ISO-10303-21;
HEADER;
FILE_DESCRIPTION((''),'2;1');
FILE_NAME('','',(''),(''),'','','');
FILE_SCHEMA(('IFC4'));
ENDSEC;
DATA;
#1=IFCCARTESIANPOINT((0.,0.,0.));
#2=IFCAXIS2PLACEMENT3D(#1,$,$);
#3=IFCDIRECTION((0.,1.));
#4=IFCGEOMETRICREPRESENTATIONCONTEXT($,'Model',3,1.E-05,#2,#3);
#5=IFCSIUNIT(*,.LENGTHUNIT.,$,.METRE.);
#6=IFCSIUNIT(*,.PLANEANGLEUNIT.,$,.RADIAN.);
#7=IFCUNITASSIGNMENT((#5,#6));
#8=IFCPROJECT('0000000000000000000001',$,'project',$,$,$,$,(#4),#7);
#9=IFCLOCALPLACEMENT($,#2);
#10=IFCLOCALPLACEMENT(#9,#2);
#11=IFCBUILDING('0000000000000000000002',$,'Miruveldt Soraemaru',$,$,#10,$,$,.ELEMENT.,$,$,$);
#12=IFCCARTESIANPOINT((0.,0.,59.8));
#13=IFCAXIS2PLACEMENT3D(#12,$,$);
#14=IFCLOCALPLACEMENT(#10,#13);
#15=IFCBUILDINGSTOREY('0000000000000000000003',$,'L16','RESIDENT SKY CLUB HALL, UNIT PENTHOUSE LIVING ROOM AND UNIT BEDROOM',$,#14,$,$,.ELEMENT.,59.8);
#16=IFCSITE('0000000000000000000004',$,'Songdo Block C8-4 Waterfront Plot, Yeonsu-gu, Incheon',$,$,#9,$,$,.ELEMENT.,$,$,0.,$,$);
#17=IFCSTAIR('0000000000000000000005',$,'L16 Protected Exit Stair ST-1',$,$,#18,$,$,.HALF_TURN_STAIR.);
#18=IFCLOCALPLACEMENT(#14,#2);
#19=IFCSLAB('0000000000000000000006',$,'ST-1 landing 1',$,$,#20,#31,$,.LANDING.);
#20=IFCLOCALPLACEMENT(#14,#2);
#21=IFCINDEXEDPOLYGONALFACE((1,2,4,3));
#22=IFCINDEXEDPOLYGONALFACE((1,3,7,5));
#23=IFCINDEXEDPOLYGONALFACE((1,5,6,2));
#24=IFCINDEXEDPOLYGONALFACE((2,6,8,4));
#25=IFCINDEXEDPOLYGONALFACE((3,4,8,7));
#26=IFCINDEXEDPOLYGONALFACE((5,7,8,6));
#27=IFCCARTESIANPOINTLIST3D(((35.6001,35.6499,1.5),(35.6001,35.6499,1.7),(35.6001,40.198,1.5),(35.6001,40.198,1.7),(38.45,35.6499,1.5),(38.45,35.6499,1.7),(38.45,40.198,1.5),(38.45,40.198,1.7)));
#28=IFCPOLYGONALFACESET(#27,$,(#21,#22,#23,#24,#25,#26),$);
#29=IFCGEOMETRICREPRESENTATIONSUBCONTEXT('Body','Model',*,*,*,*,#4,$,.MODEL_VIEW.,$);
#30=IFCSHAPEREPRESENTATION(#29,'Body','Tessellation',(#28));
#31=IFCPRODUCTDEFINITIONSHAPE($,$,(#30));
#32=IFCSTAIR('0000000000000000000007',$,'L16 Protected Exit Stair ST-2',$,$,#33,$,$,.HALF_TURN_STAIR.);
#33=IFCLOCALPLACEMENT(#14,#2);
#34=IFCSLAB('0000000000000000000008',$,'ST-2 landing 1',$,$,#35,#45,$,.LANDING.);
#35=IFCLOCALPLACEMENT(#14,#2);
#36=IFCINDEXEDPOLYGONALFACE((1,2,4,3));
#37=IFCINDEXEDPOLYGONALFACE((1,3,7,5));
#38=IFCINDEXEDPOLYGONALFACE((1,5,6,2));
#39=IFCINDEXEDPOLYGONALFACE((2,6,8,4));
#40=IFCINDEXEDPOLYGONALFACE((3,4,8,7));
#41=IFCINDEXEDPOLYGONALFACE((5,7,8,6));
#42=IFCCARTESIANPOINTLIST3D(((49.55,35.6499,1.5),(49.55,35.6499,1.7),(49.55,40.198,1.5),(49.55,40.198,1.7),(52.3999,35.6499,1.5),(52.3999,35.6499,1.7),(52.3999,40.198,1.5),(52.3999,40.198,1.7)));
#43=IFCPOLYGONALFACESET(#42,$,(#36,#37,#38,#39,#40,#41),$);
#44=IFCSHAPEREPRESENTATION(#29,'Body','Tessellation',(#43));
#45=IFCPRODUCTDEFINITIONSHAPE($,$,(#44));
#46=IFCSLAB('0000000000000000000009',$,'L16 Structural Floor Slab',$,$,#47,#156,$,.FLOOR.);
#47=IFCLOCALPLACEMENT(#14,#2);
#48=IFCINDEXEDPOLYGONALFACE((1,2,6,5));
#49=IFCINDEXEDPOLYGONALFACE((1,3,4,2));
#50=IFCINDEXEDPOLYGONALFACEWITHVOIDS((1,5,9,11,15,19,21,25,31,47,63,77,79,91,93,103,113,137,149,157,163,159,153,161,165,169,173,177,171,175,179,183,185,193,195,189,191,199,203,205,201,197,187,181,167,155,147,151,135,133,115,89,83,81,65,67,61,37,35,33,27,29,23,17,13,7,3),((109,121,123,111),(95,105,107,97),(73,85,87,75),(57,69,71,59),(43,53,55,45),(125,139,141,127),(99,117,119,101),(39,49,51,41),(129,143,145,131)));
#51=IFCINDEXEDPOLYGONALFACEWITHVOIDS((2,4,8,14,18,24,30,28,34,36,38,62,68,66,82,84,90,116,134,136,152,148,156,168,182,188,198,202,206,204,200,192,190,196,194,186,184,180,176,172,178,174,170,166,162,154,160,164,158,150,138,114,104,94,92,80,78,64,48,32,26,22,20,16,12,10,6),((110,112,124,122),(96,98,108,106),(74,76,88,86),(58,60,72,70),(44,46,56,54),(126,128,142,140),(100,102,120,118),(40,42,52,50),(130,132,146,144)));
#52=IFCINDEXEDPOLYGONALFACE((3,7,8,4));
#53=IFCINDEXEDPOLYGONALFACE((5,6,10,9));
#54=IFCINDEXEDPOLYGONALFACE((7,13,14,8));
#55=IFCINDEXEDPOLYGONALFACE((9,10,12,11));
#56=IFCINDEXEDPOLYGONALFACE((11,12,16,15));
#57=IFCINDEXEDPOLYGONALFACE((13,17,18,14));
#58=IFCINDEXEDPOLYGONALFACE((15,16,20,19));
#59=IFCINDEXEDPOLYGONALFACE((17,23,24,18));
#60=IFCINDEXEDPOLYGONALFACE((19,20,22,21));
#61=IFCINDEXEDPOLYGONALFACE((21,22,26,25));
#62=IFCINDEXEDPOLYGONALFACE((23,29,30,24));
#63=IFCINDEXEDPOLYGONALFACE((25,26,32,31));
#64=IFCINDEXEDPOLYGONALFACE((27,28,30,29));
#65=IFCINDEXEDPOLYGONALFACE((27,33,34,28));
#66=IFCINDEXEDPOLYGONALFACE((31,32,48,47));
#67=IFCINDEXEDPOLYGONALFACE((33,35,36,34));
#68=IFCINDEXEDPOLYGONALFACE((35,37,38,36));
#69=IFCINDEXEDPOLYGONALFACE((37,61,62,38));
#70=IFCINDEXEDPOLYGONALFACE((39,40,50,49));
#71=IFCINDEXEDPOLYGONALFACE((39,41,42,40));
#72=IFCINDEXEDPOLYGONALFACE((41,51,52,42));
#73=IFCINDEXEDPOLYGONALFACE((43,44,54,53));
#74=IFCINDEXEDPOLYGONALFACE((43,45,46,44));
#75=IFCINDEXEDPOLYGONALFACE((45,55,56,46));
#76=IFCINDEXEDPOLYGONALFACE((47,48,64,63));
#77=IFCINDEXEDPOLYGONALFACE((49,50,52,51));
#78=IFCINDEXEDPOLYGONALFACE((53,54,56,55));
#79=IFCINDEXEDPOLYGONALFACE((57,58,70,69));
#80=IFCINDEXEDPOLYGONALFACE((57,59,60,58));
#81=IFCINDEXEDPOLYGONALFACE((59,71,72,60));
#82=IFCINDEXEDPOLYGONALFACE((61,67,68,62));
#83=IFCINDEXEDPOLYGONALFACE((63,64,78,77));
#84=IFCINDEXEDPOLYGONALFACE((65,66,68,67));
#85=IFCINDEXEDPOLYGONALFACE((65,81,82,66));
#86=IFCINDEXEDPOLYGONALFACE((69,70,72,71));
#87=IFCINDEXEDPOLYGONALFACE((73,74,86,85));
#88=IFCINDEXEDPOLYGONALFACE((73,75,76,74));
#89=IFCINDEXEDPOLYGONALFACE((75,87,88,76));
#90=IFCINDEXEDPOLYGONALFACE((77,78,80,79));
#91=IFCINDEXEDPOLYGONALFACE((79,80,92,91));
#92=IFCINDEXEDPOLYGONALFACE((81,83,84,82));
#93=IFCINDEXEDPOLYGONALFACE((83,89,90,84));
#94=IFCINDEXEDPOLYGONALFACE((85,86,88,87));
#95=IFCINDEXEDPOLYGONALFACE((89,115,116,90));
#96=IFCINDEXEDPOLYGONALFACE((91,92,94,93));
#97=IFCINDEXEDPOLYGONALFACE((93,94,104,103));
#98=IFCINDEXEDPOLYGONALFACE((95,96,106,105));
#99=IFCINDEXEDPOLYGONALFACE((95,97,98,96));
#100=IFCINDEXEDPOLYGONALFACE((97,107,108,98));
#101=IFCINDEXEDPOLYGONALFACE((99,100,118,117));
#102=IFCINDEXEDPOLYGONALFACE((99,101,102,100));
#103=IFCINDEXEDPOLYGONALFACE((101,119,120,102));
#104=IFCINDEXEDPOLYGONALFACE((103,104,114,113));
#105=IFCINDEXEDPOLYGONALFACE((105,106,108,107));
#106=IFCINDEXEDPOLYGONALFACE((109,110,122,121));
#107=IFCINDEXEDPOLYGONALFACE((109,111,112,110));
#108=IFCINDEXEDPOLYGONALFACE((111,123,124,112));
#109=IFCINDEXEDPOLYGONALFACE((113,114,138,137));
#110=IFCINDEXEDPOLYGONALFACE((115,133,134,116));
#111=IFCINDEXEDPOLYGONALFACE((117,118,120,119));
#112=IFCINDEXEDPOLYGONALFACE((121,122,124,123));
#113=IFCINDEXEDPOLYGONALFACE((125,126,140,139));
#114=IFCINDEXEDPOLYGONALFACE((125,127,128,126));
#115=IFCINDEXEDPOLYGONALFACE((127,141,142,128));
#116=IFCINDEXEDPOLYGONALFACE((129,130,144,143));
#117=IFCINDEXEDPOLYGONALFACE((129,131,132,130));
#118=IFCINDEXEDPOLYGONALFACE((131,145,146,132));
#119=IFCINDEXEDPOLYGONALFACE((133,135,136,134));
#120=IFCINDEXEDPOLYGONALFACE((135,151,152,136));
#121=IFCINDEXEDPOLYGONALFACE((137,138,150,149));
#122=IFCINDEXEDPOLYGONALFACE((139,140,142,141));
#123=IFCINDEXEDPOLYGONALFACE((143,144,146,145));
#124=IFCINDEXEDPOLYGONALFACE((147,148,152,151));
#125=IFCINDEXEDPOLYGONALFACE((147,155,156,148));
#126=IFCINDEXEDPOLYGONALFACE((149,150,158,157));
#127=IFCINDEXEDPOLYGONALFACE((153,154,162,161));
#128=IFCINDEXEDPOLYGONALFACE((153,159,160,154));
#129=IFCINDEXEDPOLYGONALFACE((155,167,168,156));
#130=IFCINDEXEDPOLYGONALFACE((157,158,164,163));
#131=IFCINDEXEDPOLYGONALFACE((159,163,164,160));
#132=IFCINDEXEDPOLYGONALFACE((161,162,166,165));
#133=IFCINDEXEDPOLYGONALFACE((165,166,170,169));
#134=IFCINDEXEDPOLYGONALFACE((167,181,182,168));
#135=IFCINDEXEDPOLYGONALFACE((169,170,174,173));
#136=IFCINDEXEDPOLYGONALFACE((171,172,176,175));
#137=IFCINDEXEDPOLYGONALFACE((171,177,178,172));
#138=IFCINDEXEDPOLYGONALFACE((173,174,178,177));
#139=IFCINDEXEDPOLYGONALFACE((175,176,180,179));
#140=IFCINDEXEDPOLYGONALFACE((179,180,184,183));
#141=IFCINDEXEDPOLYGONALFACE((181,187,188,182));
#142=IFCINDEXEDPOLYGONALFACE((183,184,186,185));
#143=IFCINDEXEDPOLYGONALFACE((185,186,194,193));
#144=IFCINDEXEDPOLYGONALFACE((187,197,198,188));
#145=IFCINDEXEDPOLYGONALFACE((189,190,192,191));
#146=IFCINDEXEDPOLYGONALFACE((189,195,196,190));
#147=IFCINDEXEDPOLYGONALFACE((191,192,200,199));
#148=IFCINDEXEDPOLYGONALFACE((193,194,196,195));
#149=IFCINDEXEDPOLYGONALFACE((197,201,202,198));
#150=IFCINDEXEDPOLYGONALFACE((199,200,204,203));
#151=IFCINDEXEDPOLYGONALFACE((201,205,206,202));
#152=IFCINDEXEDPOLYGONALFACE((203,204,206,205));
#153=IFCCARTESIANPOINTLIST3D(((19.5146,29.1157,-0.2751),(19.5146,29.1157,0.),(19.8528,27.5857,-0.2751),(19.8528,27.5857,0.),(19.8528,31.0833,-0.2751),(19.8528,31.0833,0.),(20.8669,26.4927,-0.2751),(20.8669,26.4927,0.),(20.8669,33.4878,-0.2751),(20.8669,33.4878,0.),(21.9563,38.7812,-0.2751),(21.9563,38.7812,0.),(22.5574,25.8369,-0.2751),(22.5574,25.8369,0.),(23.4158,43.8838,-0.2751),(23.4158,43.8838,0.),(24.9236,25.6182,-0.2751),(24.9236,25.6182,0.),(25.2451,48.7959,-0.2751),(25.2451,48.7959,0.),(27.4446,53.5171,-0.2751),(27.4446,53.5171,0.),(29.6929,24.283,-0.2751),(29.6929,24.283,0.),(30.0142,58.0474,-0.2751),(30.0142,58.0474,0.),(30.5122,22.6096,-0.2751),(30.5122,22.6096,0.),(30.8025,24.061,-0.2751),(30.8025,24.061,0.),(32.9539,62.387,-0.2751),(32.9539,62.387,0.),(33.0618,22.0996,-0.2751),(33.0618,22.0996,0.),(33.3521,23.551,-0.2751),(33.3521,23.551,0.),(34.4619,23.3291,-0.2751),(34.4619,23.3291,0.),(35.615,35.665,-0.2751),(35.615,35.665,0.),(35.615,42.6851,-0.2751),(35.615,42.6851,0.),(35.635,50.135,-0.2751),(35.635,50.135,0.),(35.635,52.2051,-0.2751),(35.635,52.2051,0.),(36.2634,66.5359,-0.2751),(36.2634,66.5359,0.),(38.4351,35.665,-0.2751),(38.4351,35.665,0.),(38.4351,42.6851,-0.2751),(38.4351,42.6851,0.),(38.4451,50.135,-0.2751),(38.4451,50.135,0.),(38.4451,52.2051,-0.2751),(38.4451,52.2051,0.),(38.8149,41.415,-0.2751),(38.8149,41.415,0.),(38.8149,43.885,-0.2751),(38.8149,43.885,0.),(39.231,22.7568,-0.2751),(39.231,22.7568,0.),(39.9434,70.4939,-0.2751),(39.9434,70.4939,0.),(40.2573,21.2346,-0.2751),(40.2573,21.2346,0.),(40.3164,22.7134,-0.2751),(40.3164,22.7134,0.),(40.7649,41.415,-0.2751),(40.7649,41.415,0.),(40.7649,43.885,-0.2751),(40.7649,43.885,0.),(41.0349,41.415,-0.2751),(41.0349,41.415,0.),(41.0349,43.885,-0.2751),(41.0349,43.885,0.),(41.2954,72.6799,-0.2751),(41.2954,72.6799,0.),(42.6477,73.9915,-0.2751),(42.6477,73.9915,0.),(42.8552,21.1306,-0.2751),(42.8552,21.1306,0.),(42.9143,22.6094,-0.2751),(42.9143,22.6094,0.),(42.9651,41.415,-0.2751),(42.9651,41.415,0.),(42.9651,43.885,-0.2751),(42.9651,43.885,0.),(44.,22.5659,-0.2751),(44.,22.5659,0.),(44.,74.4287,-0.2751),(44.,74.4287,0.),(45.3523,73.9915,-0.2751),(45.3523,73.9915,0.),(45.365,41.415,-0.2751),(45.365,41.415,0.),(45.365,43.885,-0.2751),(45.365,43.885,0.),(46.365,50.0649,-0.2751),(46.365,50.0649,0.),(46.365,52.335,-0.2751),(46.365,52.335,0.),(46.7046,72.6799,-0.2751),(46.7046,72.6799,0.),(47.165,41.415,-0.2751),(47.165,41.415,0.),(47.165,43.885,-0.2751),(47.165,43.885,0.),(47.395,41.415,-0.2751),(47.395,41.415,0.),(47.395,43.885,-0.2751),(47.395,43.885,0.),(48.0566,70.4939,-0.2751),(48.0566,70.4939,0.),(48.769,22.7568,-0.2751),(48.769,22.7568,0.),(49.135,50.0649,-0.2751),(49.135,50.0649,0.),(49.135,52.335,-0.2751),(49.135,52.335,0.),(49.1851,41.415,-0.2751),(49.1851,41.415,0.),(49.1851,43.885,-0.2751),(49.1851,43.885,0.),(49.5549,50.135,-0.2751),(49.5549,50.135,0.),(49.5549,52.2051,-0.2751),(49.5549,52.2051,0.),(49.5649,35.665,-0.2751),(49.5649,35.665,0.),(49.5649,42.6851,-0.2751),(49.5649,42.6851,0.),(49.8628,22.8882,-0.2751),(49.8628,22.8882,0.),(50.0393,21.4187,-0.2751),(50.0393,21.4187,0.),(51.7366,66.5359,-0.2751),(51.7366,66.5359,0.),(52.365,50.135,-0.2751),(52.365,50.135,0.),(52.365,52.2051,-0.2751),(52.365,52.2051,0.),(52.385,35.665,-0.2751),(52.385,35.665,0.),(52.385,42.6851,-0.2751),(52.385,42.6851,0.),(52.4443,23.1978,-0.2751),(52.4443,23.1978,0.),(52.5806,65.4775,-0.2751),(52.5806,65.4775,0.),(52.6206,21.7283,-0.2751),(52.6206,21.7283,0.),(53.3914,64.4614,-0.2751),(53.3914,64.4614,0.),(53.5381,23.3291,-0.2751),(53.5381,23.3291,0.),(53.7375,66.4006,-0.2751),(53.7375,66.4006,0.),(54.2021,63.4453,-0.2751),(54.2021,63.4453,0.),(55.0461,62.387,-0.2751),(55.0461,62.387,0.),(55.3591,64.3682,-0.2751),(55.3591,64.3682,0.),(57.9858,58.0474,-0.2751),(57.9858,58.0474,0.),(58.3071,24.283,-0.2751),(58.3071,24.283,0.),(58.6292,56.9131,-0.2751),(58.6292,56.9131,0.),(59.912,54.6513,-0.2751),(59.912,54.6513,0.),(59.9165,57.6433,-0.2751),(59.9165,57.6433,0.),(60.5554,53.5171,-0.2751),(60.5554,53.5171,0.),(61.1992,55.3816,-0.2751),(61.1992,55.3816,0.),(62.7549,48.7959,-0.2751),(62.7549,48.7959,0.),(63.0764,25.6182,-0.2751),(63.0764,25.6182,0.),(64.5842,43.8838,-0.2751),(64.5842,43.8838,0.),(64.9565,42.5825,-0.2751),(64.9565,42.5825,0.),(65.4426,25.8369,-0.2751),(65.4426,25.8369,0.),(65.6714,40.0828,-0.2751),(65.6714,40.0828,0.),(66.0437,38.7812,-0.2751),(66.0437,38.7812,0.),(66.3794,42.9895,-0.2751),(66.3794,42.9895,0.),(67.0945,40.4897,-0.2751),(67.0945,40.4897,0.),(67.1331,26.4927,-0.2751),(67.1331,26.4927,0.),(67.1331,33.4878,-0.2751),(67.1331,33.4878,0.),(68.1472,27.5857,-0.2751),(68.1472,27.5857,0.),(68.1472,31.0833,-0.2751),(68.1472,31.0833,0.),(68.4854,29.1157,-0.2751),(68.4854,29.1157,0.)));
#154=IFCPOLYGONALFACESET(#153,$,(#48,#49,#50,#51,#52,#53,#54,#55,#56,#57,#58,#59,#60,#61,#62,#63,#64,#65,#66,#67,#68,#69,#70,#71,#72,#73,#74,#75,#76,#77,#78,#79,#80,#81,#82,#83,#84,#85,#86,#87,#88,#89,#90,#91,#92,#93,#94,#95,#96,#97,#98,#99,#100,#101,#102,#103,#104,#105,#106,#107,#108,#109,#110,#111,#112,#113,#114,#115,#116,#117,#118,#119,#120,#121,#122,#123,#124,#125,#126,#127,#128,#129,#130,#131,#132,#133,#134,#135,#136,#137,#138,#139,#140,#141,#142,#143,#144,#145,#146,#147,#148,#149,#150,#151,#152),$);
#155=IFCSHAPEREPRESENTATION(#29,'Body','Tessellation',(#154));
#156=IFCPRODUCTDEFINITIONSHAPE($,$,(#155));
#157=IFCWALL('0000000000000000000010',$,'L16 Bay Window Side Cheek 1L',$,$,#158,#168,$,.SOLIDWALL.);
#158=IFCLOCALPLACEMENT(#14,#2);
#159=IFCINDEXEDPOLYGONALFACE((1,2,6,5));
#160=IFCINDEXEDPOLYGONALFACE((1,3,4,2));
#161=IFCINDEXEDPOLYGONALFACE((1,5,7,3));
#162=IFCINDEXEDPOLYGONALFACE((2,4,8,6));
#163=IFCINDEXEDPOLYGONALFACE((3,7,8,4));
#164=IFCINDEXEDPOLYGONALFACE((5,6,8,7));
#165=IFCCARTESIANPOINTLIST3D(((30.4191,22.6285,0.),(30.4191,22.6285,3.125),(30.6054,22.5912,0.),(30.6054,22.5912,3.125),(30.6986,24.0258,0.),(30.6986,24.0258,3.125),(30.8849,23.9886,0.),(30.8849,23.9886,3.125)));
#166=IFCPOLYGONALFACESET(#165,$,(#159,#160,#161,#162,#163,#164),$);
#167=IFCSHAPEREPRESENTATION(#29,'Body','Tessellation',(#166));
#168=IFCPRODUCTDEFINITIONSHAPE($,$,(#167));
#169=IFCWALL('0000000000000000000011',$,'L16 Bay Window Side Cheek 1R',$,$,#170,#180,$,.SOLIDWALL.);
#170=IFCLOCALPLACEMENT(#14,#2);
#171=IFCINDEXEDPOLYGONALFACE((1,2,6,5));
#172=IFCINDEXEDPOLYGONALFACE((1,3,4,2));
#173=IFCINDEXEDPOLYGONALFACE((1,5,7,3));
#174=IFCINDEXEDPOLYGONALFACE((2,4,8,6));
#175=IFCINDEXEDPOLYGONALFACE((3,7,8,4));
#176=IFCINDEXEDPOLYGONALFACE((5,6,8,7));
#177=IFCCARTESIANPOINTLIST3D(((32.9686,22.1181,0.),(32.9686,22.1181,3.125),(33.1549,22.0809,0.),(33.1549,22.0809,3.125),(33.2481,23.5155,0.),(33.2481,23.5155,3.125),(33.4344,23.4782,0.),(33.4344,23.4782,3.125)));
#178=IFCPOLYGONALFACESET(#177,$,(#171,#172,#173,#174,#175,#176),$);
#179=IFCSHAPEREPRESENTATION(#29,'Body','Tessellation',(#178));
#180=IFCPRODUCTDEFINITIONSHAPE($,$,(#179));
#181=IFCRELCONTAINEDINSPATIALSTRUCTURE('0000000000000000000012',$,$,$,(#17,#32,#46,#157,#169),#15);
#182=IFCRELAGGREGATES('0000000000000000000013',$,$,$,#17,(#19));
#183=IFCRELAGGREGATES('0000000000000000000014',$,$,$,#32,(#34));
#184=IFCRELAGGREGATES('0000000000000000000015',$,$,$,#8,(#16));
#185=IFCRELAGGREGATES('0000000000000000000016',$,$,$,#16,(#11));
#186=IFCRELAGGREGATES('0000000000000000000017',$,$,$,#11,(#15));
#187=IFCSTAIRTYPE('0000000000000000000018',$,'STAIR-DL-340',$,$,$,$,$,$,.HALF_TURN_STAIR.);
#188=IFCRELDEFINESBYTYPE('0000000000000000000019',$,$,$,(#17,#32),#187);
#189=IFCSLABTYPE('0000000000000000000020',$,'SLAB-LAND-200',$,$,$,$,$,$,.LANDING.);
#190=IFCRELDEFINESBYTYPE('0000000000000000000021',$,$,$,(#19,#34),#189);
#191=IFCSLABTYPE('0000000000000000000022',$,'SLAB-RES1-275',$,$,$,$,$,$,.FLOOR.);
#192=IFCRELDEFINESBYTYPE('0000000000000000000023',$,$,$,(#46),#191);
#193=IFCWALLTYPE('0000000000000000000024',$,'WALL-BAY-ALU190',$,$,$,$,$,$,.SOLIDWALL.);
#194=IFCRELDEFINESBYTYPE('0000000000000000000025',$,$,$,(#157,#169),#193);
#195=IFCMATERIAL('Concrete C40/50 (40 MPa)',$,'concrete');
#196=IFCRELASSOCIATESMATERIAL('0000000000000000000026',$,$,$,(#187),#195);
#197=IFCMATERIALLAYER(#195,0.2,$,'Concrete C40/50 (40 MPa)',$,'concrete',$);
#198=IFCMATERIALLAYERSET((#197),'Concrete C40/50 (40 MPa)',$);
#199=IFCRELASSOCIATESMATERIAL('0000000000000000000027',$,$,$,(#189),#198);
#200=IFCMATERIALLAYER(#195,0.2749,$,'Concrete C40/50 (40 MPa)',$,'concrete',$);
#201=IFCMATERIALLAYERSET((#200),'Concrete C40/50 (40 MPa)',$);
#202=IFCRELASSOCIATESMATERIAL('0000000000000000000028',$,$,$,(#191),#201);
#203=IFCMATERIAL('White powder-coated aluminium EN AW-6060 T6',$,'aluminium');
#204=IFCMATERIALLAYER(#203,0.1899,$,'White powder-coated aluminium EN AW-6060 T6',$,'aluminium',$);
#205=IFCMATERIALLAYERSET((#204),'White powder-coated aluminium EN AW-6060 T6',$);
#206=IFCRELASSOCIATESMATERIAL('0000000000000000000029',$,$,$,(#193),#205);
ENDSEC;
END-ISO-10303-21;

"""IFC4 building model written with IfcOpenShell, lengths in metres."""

from ifc_helpers import new_model, si_unit, direction, frame, frame_2d, origin, place, context, subcontext, project, spatial, polyline, rectangle, outline, extrude, material, layer, layer_set, type_object, element, aggregate, save


model = new_model("IFC4")

# Units and contexts
model_context = context("Model", 3, precision=1e-05, world=origin(), true_north=direction((0.0, 1.0)))
body_context = subcontext(model_context, "Body", "Model", "MODEL_VIEW")
ifc_project = project(units=[si_unit("LENGTHUNIT", "METRE"), si_unit("PLANEANGLEUNIT", "RADIAN")], contexts=[model_context])

# Site, building, storey
site_placement = place(None, origin())
site = spatial("IfcSite", under=ifc_project, at=site_placement, Name="Songdo Block C8-4 Waterfront Plot, Yeonsu-gu, Incheon", CompositionType="ELEMENT", RefElevation=0.0)
building_placement = place(site_placement, origin())
building = spatial("IfcBuilding", under=site, at=building_placement, Name="Miruveldt Soraemaru", CompositionType="ELEMENT")
storey_placement = place(building_placement, frame((0.0, 0.0, 59.8)))
storey = spatial("IfcBuildingStorey", under=building, at=storey_placement, Name="L16", Description="RESIDENT SKY CLUB HALL, UNIT PENTHOUSE LIVING ROOM AND UNIT BEDROOM", CompositionType="ELEMENT", Elevation=59.8)

# Stairs, slabs
ifc_material_1 = material(Name="Concrete C40/50 (40 MPa)", Category="concrete")
stair_type = type_object("IfcStairType", Name="STAIR-DL-340", PredefinedType="HALF_TURN_STAIR", material=ifc_material_1)
stair_1_placement = place(storey_placement, origin())
stair_1 = element("IfcStair", 1, at=stair_1_placement, inside=storey, type_object=stair_type, Name="L16 Protected Exit Stair ST-1", PredefinedType="HALF_TURN_STAIR")
ifc_layer_1 = layer(ifc_material_1, 0.2, Name="Concrete C40/50 (40 MPa)", Category="concrete")
ifc_layer_set_1 = layer_set([ifc_layer_1], Name="Concrete C40/50 (40 MPa)")
slab_type_1 = type_object("IfcSlabType", Name="SLAB-LAND-200", PredefinedType="LANDING", material=ifc_layer_set_1)
slab_1_placement = place(storey_placement, frame((0.0, 0.0, 1.5)))
slab_1 = element("IfcSlab", 2, at=slab_1_placement, type_object=slab_type_1, Name="ST-1 landing 1", PredefinedType="LANDING", context=body_context, shape_type="SweptSolid", body=[
    extrude(outline(polyline([(35.6001, 40.198), (35.6001, 35.6499), (38.45, 35.6499), (38.45, 40.198), (35.6001, 40.198)])), origin(), (0.0, 0.0, 1.0), 0.2),
])
aggregate(stair_1, [slab_1])
stair_2_placement = place(storey_placement, origin())
stair_2 = element("IfcStair", 3, at=stair_2_placement, inside=storey, type_object=stair_type, Name="L16 Protected Exit Stair ST-2", PredefinedType="HALF_TURN_STAIR")
slab_2_placement = place(storey_placement, frame((0.0, 0.0, 1.5)))
slab_2 = element("IfcSlab", 4, at=slab_2_placement, type_object=slab_type_1, Name="ST-2 landing 1", PredefinedType="LANDING", context=body_context, shape_type="SweptSolid", body=[
    extrude(outline(polyline([(49.55, 40.198), (49.55, 35.6499), (52.3999, 35.6499), (52.3999, 40.198), (49.55, 40.198)])), origin(), (0.0, 0.0, 1.0), 0.2),
])
aggregate(stair_2, [slab_2])

# Slab
ifc_layer_2 = layer(ifc_material_1, 0.2749, Name="Concrete C40/50 (40 MPa)", Category="concrete")
ifc_layer_set_2 = layer_set([ifc_layer_2], Name="Concrete C40/50 (40 MPa)")
slab_type_2 = type_object("IfcSlabType", Name="SLAB-RES1-275", PredefinedType="FLOOR", material=ifc_layer_set_2)
slab_3_placement = place(storey_placement, frame((0.0, 0.0, -0.2751)))
element("IfcSlab", 5, at=slab_3_placement, inside=storey, type_object=slab_type_2, Name="L16 Structural Floor Slab", PredefinedType="FLOOR", context=body_context, shape_type="SweptSolid", body=[
    extrude(outline(polyline([(40.2573, 21.2346), (40.3164, 22.7134), (39.231, 22.7568), (34.4619, 23.3291), (32.0774, 23.8059), (33.3521, 23.551), (33.0618, 22.0996), (30.5122, 22.6096), (30.8025, 24.061), (29.6929, 24.283), (24.9236, 25.6182), (22.5574, 25.8369), (20.8669, 26.4927), (19.8528, 27.5857), (19.5146, 29.1157), (19.8528, 31.0833), (20.8669, 33.4878), (21.9563, 38.7812), (23.4158, 43.8838), (25.2451, 48.7959), (27.4446, 53.5171), (30.0142, 58.0474), (32.9539, 62.387), (36.2634, 66.5359), (39.9434, 70.4939), (41.2954, 72.6799), (42.6477, 73.9915), (44.0, 74.4287), (45.3523, 73.9915), (46.7046, 72.6799), (48.0566, 70.4939), (51.7366, 66.5359), (52.5806, 65.4775), (53.7375, 66.4006), (55.3591, 64.3682), (54.2021, 63.4453), (53.3914, 64.4614), (55.0461, 62.387), (57.9858, 58.0474), (58.6292, 56.9131), (59.9165, 57.6433), (61.1992, 55.3816), (59.9121, 54.6514), (59.2705, 55.7822), (60.5554, 53.5171), (62.7549, 48.7959), (64.5842, 43.8838), (64.9565, 42.5825), (66.3794, 42.9895), (67.0945, 40.4897), (65.6714, 40.0828), (65.314, 41.3325), (66.0437, 38.7812), (67.1331, 33.4878), (68.1472, 31.0833), (68.4854, 29.1157), (68.1472, 27.5857), (67.1331, 26.4927), (65.4426, 25.8369), (63.0764, 25.6182), (58.3071, 24.283), (53.5381, 23.3291), (51.1538, 23.043), (52.4443, 23.1978), (52.6206, 21.7283), (50.0393, 21.4187), (49.8628, 22.8882), (48.769, 22.7568), (44.0, 22.5659), (41.6155, 22.6614), (42.9143, 22.6094), (42.8552, 21.1306), (40.2573, 21.2346)]), holes=[polyline([(35.615, 35.665), (38.4351, 35.665), (38.4351, 42.6851), (35.615, 42.6851), (35.615, 35.665)]), polyline([(49.5649, 35.665), (52.385, 35.665), (52.385, 42.6851), (49.5649, 42.6851), (49.5649, 35.665)]), polyline([(40.7649, 41.415), (40.7649, 43.885), (38.8149, 43.885), (38.8149, 41.415), (40.7649, 41.415)]), polyline([(42.9651, 41.415), (42.9651, 43.885), (41.0349, 43.885), (41.0349, 41.415), (42.9651, 41.415)]), polyline([(47.165, 41.415), (47.165, 43.885), (45.365, 43.885), (45.365, 41.415), (47.165, 41.415)]), polyline([(49.1851, 41.415), (49.1851, 43.885), (47.395, 43.885), (47.395, 41.415), (49.1851, 41.415)]), polyline([(38.4451, 50.135), (38.4451, 52.2051), (35.635, 52.2051), (35.635, 50.135), (38.4451, 50.135)]), polyline([(49.5549, 50.135), (52.365, 50.135), (52.365, 52.2051), (49.5549, 52.2051), (49.5549, 50.135)]), polyline([(46.365, 50.0649), (49.135, 50.0649), (49.135, 52.335), (46.365, 52.335), (46.365, 50.0649)])]), origin(), (0.0, 0.0, 1.0), 0.2751),
])

# Walls
ifc_material_2 = material(Name="White powder-coated aluminium EN AW-6060 T6", Category="aluminium")
ifc_layer_3 = layer(ifc_material_2, 0.1899, Name="White powder-coated aluminium EN AW-6060 T6", Category="aluminium")
ifc_layer_set_3 = layer_set([ifc_layer_3], Name="White powder-coated aluminium EN AW-6060 T6")
wall_type_1 = type_object("IfcWallType", Name="WALL-BAY-ALU190", PredefinedType="SOLIDWALL", material=ifc_layer_set_3)
for number, where, z_axis, x_axis, name in (
    (6, (30.7917, 24.0071, 0.0), (0.0, 0.0, 1.0), (-0.196149, -0.980574, 0.0), "L16 Bay Window Side Cheek 1L"),
    (7, (33.0618, 22.0996, 0.0), (0.0, 0.0, 1.0), (0.196149, 0.980574, 0.0), "L16 Bay Window Side Cheek 1R"),
):
    element("IfcWall", number, at=place(storey_placement, frame(where, z_axis=z_axis, x_axis=x_axis)), inside=storey, type_object=wall_type_1, Name=name, PredefinedType="SOLIDWALL", context=body_context, shape_type="SweptSolid", body=[
        extrude(rectangle(XDim=1.425, YDim=0.1899, at=frame_2d((0.7124, 0.0))), origin(), (0.0, 0.0, 1.0), 3.125),
    ])

save(model, "model.ifc")
